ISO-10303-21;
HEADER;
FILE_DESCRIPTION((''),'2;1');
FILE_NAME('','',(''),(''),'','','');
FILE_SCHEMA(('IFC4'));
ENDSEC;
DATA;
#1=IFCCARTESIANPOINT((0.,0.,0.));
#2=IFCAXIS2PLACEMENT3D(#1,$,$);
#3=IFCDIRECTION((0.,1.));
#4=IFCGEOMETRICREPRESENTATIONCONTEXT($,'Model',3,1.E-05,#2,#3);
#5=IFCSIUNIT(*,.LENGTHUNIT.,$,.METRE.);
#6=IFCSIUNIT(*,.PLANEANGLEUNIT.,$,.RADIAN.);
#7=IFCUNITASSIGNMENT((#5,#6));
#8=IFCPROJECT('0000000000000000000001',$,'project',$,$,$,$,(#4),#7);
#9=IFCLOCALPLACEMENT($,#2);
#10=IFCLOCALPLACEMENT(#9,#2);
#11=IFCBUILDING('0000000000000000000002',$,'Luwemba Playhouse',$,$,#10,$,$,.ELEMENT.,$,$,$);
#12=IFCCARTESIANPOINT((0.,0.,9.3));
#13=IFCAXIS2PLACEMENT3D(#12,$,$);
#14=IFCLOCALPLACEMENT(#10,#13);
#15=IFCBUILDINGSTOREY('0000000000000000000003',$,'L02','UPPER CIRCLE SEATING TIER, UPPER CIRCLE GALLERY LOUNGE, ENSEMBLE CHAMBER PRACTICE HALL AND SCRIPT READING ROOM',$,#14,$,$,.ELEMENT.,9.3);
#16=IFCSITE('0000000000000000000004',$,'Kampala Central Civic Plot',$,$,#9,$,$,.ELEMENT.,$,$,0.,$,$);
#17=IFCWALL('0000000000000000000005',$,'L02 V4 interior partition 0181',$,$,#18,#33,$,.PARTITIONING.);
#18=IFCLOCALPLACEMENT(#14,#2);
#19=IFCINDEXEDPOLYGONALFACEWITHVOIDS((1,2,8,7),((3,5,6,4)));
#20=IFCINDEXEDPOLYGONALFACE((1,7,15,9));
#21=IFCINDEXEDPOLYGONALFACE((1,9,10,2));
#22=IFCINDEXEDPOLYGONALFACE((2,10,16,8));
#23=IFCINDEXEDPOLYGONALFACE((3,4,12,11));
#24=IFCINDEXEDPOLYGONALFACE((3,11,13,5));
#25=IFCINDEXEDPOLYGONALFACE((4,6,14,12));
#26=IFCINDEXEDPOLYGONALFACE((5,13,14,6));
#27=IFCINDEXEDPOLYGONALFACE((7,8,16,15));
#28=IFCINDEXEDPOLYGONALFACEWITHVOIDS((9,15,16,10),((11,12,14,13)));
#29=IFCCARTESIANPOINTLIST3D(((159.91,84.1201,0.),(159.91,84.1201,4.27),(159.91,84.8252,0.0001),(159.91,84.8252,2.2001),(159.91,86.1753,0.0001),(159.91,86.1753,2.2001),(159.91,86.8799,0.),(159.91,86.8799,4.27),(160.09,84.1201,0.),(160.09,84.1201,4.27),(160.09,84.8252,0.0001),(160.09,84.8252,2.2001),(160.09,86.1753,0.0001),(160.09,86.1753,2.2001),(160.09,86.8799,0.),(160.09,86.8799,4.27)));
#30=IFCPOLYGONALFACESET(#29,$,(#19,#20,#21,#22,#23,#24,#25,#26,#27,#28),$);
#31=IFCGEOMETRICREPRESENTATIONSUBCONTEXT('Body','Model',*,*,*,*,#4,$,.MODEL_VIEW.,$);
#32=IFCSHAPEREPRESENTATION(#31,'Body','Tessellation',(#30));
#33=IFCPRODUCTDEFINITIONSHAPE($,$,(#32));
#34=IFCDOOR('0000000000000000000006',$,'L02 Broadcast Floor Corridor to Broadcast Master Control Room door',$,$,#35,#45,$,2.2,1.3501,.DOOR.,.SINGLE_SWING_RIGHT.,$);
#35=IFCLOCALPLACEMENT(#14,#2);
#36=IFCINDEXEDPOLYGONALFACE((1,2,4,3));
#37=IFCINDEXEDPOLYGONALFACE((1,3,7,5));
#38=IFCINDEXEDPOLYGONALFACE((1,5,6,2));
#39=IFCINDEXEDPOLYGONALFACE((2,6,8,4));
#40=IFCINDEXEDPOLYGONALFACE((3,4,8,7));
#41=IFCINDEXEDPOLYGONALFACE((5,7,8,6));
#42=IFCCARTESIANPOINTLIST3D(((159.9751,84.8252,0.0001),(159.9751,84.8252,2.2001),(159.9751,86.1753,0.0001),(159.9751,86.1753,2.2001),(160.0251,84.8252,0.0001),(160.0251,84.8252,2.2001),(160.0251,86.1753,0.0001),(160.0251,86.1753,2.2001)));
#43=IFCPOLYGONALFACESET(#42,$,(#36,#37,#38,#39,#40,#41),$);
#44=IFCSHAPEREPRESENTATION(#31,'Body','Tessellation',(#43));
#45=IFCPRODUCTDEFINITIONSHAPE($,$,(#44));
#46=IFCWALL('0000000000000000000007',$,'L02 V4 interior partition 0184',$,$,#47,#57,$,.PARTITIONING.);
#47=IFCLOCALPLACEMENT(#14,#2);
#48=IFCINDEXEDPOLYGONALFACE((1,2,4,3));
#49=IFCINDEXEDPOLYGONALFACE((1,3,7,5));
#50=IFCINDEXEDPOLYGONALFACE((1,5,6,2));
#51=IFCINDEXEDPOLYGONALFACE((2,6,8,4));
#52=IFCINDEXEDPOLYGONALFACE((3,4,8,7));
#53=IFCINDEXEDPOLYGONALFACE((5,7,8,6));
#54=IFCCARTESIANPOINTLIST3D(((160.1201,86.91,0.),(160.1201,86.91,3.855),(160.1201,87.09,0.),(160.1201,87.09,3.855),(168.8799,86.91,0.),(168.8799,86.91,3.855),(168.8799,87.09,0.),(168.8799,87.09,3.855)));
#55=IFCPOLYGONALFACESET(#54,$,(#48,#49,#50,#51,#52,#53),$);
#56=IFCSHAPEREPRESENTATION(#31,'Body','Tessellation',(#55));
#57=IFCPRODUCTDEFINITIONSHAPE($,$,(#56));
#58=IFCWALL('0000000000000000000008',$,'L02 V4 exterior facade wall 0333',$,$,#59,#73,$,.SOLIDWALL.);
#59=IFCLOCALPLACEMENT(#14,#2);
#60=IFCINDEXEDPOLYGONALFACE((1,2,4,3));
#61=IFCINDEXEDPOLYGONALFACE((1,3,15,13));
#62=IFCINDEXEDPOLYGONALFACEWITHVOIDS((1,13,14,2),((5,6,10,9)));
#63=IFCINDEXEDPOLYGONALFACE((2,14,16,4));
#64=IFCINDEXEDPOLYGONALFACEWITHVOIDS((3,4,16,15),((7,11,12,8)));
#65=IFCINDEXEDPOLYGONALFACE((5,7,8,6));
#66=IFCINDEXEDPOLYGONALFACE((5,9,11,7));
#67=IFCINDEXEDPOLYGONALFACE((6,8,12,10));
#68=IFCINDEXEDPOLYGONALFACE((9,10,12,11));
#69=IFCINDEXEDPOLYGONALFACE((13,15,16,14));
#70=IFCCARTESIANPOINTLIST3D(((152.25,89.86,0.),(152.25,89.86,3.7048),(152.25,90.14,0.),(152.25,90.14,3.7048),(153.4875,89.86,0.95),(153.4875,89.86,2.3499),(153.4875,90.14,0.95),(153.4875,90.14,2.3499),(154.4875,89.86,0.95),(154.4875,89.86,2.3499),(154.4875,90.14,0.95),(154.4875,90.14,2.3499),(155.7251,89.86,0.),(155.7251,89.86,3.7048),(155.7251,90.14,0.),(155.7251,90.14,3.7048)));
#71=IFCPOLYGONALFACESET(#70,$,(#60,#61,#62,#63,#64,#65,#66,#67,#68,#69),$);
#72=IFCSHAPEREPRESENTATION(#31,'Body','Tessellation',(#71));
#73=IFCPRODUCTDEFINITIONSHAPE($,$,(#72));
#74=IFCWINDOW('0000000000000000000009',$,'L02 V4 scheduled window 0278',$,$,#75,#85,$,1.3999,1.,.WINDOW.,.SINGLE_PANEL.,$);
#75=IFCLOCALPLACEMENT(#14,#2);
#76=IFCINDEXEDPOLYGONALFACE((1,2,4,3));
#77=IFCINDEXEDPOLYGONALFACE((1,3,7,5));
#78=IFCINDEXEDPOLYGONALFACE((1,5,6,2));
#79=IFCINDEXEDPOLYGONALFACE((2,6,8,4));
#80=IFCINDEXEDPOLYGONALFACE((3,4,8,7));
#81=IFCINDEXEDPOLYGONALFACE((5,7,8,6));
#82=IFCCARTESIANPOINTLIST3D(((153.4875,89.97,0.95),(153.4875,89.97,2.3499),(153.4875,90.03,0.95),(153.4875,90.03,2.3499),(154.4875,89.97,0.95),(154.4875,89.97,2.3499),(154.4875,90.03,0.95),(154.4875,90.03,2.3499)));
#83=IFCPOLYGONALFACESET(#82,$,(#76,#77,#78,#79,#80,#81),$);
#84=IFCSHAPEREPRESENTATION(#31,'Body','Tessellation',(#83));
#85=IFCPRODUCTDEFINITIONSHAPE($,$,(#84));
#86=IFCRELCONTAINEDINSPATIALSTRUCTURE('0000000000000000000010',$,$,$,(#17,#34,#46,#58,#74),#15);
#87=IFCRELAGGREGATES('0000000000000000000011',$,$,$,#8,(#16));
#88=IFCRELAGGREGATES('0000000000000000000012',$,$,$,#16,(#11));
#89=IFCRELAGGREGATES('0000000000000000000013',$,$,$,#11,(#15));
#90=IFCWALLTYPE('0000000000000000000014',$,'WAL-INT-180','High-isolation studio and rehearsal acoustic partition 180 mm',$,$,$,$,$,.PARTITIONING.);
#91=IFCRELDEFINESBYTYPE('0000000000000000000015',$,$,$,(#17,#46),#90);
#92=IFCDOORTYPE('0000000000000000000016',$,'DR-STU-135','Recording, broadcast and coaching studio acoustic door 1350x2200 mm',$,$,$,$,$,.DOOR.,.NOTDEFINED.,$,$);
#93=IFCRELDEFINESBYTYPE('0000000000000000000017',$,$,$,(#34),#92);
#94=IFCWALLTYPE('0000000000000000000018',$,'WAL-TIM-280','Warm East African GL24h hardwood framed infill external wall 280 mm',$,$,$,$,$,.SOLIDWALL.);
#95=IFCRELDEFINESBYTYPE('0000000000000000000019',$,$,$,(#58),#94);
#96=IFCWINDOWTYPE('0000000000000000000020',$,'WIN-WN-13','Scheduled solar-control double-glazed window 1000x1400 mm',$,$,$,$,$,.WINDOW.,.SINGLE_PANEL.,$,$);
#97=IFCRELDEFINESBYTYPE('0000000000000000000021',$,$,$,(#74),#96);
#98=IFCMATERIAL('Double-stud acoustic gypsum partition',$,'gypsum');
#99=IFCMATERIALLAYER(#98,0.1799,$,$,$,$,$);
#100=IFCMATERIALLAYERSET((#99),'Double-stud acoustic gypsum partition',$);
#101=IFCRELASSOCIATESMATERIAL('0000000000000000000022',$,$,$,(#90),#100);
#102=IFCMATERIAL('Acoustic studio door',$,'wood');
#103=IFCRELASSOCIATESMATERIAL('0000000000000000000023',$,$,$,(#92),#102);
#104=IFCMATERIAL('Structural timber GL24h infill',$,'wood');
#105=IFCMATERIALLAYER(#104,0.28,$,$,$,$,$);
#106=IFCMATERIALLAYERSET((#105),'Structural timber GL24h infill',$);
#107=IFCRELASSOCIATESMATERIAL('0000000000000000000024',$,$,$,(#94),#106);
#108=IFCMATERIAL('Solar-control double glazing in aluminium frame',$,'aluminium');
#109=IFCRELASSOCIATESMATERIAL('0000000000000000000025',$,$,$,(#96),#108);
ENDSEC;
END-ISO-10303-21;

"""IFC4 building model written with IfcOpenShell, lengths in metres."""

from ifc_helpers import new_model, si_unit, direction, frame, frame_2d, origin, place, context, subcontext, project, spatial, rectangle, extrude, material, layer, layer_set, type_object, element, fill, save


model = new_model("IFC4")

# Units and contexts
model_context = context("Model", 3, precision=1e-05, world=origin(), true_north=direction((0.0, 1.0)))
body_context = subcontext(model_context, "Body", "Model", "MODEL_VIEW")
ifc_project = project(units=[si_unit("LENGTHUNIT", "METRE"), si_unit("PLANEANGLEUNIT", "RADIAN")], contexts=[model_context])

# Site, building, storey
site_placement = place(None, origin())
site = spatial("IfcSite", under=ifc_project, at=site_placement, Name="Kampala Central Civic Plot", CompositionType="ELEMENT", RefElevation=0.0)
building_placement = place(site_placement, origin())
building = spatial("IfcBuilding", under=site, at=building_placement, Name="Luwemba Playhouse", CompositionType="ELEMENT")
storey_placement = place(building_placement, frame((0.0, 0.0, 9.3)))
storey = spatial("IfcBuildingStorey", under=building, at=storey_placement, Name="L02", Description="UPPER CIRCLE SEATING TIER, UPPER CIRCLE GALLERY LOUNGE, ENSEMBLE CHAMBER PRACTICE HALL AND SCRIPT READING ROOM", CompositionType="ELEMENT", Elevation=9.3)

# Shared definitions
ifc_material_1 = material(Name="Solar-control double glazing in aluminium frame", Category="aluminium")

# Wall, opening, door
ifc_material_2 = material(Name="Double-stud acoustic gypsum partition", Category="gypsum")
ifc_layer_1 = layer(ifc_material_2, 0.1799)
ifc_layer_set_1 = layer_set([ifc_layer_1], Name="Double-stud acoustic gypsum partition")
wall_type_1 = type_object("IfcWallType", Name="WAL-INT-180", Description="High-isolation studio and rehearsal acoustic partition 180 mm", PredefinedType="PARTITIONING", material=ifc_layer_set_1)
wall_1_placement = place(storey_placement, frame((160.0, 84.1201, 0.0), z_axis=(0.0, 0.0, 1.0), x_axis=(0.0, 1.0, 0.0)))
wall_1 = element("IfcWall", 1, at=wall_1_placement, inside=storey, type_object=wall_type_1, Name="L02 V4 interior partition 0181", PredefinedType="PARTITIONING", context=body_context, shape_type="SweptSolid", body=[
    extrude(rectangle(XDim=2.7598, YDim=0.1799, at=frame_2d((1.3799, 0.0))), origin(), (0.0, 0.0, 1.0), 4.27),
])
opening_1_placement = place(wall_1_placement, frame((0.7051, 0.0, 0.0)))
opening_1 = element("IfcOpeningElement", 2, at=opening_1_placement, cuts=wall_1, PredefinedType="OPENING", context=body_context, shape_type="SweptSolid", body=[
    extrude(rectangle(XDim=1.3501, YDim=2.2, at=frame_2d((0.675, 1.1001))), frame((0.0, 0.0999, 0.0), z_axis=(0.0, -1.0, 0.0), x_axis=(1.0, 0.0, 0.0)), (0.0, 0.0, 1.0), 0.2),
])
ifc_material_3 = material(Name="Acoustic studio door", Category="wood")
door_type_1 = type_object("IfcDoorType", Name="DR-STU-135", Description="Recording, broadcast and coaching studio acoustic door 1350x2200 mm", OperationType="NOTDEFINED", PredefinedType="DOOR", material=ifc_material_3)
door_1_placement = place(opening_1_placement, origin())
door_1 = element("IfcDoor", 3, at=door_1_placement, inside=storey, type_object=door_type_1, Name="L02 Broadcast Floor Corridor to Broadcast Master Control Room door", OperationType="SINGLE_SWING_RIGHT", OverallHeight=2.2, OverallWidth=1.3501, PredefinedType="DOOR", context=body_context, shape_type="SweptSolid", body=[
    extrude(rectangle(XDim=1.3501, YDim=2.2, at=frame_2d((0.675, 1.1001))), frame((0.0, 0.0249, 0.0), z_axis=(0.0, -1.0, 0.0), x_axis=(1.0, 0.0, 0.0)), (0.0, 0.0, 1.0), 0.05),
])
fill(opening_1, door_1)

# Wall
wall_2_placement = place(storey_placement, frame((160.1201, 87.0, 0.0), z_axis=(0.0, 0.0, 1.0), x_axis=(1.0, 0.0, 0.0)))
element("IfcWall", 4, at=wall_2_placement, inside=storey, type_object=wall_type_1, Name="L02 V4 interior partition 0184", PredefinedType="PARTITIONING", context=body_context, shape_type="SweptSolid", body=[
    extrude(rectangle(XDim=8.7598, YDim=0.1799, at=frame_2d((4.3799, 0.0))), origin(), (0.0, 0.0, 1.0), 3.855),
])

# Wall, opening, window
ifc_material_4 = material(Name="Structural timber GL24h infill", Category="wood")
ifc_layer_2 = layer(ifc_material_4, 0.28)
ifc_layer_set_2 = layer_set([ifc_layer_2], Name="Structural timber GL24h infill")
wall_type_2 = type_object("IfcWallType", Name="WAL-TIM-280", Description="Warm East African GL24h hardwood framed infill external wall 280 mm", PredefinedType="SOLIDWALL", material=ifc_layer_set_2)
wall_3_placement = place(storey_placement, frame((152.25, 90.0, 0.0), z_axis=(0.0, 0.0, 1.0), x_axis=(1.0, 0.0, 0.0)))
wall_3 = element("IfcWall", 5, at=wall_3_placement, inside=storey, type_object=wall_type_2, Name="L02 V4 exterior facade wall 0333", PredefinedType="SOLIDWALL", context=body_context, shape_type="SweptSolid", body=[
    extrude(rectangle(XDim=3.4751, YDim=0.28, at=frame_2d((1.7375, 0.0))), origin(), (0.0, 0.0, 1.0), 3.7048),
])
opening_2_placement = place(wall_3_placement, frame((1.2375, 0.0, 0.95)))
opening_2 = element("IfcOpeningElement", 6, at=opening_2_placement, cuts=wall_3, PredefinedType="OPENING", context=body_context, shape_type="SweptSolid", body=[
    extrude(rectangle(XDim=1.0, YDim=1.3999, at=frame_2d((0.5, 0.7))), frame((0.0, 0.1499, 0.0), z_axis=(0.0, -1.0, 0.0), x_axis=(1.0, 0.0, 0.0)), (0.0, 0.0, 1.0), 0.3),
])
window_type_1 = type_object("IfcWindowType", Name="WIN-WN-13", Description="Scheduled solar-control double-glazed window 1000x1400 mm", PartitioningType="SINGLE_PANEL", PredefinedType="WINDOW", material=ifc_material_1)
window_1_placement = place(opening_2_placement, origin())
window_1 = element("IfcWindow", 7, at=window_1_placement, inside=storey, type_object=window_type_1, Name="L02 V4 scheduled window 0278", OverallHeight=1.3999, OverallWidth=1.0, PartitioningType="SINGLE_PANEL", PredefinedType="WINDOW", context=body_context, shape_type="SweptSolid", body=[
    extrude(rectangle(XDim=1.0, YDim=1.3999, at=frame_2d((0.5, 0.7))), frame((0.0, 0.03, 0.0), z_axis=(0.0, -1.0, 0.0), x_axis=(1.0, 0.0, 0.0)), (0.0, 0.0, 1.0), 0.0601),
])
fill(opening_2, window_1)

save(model, "model.ifc")
